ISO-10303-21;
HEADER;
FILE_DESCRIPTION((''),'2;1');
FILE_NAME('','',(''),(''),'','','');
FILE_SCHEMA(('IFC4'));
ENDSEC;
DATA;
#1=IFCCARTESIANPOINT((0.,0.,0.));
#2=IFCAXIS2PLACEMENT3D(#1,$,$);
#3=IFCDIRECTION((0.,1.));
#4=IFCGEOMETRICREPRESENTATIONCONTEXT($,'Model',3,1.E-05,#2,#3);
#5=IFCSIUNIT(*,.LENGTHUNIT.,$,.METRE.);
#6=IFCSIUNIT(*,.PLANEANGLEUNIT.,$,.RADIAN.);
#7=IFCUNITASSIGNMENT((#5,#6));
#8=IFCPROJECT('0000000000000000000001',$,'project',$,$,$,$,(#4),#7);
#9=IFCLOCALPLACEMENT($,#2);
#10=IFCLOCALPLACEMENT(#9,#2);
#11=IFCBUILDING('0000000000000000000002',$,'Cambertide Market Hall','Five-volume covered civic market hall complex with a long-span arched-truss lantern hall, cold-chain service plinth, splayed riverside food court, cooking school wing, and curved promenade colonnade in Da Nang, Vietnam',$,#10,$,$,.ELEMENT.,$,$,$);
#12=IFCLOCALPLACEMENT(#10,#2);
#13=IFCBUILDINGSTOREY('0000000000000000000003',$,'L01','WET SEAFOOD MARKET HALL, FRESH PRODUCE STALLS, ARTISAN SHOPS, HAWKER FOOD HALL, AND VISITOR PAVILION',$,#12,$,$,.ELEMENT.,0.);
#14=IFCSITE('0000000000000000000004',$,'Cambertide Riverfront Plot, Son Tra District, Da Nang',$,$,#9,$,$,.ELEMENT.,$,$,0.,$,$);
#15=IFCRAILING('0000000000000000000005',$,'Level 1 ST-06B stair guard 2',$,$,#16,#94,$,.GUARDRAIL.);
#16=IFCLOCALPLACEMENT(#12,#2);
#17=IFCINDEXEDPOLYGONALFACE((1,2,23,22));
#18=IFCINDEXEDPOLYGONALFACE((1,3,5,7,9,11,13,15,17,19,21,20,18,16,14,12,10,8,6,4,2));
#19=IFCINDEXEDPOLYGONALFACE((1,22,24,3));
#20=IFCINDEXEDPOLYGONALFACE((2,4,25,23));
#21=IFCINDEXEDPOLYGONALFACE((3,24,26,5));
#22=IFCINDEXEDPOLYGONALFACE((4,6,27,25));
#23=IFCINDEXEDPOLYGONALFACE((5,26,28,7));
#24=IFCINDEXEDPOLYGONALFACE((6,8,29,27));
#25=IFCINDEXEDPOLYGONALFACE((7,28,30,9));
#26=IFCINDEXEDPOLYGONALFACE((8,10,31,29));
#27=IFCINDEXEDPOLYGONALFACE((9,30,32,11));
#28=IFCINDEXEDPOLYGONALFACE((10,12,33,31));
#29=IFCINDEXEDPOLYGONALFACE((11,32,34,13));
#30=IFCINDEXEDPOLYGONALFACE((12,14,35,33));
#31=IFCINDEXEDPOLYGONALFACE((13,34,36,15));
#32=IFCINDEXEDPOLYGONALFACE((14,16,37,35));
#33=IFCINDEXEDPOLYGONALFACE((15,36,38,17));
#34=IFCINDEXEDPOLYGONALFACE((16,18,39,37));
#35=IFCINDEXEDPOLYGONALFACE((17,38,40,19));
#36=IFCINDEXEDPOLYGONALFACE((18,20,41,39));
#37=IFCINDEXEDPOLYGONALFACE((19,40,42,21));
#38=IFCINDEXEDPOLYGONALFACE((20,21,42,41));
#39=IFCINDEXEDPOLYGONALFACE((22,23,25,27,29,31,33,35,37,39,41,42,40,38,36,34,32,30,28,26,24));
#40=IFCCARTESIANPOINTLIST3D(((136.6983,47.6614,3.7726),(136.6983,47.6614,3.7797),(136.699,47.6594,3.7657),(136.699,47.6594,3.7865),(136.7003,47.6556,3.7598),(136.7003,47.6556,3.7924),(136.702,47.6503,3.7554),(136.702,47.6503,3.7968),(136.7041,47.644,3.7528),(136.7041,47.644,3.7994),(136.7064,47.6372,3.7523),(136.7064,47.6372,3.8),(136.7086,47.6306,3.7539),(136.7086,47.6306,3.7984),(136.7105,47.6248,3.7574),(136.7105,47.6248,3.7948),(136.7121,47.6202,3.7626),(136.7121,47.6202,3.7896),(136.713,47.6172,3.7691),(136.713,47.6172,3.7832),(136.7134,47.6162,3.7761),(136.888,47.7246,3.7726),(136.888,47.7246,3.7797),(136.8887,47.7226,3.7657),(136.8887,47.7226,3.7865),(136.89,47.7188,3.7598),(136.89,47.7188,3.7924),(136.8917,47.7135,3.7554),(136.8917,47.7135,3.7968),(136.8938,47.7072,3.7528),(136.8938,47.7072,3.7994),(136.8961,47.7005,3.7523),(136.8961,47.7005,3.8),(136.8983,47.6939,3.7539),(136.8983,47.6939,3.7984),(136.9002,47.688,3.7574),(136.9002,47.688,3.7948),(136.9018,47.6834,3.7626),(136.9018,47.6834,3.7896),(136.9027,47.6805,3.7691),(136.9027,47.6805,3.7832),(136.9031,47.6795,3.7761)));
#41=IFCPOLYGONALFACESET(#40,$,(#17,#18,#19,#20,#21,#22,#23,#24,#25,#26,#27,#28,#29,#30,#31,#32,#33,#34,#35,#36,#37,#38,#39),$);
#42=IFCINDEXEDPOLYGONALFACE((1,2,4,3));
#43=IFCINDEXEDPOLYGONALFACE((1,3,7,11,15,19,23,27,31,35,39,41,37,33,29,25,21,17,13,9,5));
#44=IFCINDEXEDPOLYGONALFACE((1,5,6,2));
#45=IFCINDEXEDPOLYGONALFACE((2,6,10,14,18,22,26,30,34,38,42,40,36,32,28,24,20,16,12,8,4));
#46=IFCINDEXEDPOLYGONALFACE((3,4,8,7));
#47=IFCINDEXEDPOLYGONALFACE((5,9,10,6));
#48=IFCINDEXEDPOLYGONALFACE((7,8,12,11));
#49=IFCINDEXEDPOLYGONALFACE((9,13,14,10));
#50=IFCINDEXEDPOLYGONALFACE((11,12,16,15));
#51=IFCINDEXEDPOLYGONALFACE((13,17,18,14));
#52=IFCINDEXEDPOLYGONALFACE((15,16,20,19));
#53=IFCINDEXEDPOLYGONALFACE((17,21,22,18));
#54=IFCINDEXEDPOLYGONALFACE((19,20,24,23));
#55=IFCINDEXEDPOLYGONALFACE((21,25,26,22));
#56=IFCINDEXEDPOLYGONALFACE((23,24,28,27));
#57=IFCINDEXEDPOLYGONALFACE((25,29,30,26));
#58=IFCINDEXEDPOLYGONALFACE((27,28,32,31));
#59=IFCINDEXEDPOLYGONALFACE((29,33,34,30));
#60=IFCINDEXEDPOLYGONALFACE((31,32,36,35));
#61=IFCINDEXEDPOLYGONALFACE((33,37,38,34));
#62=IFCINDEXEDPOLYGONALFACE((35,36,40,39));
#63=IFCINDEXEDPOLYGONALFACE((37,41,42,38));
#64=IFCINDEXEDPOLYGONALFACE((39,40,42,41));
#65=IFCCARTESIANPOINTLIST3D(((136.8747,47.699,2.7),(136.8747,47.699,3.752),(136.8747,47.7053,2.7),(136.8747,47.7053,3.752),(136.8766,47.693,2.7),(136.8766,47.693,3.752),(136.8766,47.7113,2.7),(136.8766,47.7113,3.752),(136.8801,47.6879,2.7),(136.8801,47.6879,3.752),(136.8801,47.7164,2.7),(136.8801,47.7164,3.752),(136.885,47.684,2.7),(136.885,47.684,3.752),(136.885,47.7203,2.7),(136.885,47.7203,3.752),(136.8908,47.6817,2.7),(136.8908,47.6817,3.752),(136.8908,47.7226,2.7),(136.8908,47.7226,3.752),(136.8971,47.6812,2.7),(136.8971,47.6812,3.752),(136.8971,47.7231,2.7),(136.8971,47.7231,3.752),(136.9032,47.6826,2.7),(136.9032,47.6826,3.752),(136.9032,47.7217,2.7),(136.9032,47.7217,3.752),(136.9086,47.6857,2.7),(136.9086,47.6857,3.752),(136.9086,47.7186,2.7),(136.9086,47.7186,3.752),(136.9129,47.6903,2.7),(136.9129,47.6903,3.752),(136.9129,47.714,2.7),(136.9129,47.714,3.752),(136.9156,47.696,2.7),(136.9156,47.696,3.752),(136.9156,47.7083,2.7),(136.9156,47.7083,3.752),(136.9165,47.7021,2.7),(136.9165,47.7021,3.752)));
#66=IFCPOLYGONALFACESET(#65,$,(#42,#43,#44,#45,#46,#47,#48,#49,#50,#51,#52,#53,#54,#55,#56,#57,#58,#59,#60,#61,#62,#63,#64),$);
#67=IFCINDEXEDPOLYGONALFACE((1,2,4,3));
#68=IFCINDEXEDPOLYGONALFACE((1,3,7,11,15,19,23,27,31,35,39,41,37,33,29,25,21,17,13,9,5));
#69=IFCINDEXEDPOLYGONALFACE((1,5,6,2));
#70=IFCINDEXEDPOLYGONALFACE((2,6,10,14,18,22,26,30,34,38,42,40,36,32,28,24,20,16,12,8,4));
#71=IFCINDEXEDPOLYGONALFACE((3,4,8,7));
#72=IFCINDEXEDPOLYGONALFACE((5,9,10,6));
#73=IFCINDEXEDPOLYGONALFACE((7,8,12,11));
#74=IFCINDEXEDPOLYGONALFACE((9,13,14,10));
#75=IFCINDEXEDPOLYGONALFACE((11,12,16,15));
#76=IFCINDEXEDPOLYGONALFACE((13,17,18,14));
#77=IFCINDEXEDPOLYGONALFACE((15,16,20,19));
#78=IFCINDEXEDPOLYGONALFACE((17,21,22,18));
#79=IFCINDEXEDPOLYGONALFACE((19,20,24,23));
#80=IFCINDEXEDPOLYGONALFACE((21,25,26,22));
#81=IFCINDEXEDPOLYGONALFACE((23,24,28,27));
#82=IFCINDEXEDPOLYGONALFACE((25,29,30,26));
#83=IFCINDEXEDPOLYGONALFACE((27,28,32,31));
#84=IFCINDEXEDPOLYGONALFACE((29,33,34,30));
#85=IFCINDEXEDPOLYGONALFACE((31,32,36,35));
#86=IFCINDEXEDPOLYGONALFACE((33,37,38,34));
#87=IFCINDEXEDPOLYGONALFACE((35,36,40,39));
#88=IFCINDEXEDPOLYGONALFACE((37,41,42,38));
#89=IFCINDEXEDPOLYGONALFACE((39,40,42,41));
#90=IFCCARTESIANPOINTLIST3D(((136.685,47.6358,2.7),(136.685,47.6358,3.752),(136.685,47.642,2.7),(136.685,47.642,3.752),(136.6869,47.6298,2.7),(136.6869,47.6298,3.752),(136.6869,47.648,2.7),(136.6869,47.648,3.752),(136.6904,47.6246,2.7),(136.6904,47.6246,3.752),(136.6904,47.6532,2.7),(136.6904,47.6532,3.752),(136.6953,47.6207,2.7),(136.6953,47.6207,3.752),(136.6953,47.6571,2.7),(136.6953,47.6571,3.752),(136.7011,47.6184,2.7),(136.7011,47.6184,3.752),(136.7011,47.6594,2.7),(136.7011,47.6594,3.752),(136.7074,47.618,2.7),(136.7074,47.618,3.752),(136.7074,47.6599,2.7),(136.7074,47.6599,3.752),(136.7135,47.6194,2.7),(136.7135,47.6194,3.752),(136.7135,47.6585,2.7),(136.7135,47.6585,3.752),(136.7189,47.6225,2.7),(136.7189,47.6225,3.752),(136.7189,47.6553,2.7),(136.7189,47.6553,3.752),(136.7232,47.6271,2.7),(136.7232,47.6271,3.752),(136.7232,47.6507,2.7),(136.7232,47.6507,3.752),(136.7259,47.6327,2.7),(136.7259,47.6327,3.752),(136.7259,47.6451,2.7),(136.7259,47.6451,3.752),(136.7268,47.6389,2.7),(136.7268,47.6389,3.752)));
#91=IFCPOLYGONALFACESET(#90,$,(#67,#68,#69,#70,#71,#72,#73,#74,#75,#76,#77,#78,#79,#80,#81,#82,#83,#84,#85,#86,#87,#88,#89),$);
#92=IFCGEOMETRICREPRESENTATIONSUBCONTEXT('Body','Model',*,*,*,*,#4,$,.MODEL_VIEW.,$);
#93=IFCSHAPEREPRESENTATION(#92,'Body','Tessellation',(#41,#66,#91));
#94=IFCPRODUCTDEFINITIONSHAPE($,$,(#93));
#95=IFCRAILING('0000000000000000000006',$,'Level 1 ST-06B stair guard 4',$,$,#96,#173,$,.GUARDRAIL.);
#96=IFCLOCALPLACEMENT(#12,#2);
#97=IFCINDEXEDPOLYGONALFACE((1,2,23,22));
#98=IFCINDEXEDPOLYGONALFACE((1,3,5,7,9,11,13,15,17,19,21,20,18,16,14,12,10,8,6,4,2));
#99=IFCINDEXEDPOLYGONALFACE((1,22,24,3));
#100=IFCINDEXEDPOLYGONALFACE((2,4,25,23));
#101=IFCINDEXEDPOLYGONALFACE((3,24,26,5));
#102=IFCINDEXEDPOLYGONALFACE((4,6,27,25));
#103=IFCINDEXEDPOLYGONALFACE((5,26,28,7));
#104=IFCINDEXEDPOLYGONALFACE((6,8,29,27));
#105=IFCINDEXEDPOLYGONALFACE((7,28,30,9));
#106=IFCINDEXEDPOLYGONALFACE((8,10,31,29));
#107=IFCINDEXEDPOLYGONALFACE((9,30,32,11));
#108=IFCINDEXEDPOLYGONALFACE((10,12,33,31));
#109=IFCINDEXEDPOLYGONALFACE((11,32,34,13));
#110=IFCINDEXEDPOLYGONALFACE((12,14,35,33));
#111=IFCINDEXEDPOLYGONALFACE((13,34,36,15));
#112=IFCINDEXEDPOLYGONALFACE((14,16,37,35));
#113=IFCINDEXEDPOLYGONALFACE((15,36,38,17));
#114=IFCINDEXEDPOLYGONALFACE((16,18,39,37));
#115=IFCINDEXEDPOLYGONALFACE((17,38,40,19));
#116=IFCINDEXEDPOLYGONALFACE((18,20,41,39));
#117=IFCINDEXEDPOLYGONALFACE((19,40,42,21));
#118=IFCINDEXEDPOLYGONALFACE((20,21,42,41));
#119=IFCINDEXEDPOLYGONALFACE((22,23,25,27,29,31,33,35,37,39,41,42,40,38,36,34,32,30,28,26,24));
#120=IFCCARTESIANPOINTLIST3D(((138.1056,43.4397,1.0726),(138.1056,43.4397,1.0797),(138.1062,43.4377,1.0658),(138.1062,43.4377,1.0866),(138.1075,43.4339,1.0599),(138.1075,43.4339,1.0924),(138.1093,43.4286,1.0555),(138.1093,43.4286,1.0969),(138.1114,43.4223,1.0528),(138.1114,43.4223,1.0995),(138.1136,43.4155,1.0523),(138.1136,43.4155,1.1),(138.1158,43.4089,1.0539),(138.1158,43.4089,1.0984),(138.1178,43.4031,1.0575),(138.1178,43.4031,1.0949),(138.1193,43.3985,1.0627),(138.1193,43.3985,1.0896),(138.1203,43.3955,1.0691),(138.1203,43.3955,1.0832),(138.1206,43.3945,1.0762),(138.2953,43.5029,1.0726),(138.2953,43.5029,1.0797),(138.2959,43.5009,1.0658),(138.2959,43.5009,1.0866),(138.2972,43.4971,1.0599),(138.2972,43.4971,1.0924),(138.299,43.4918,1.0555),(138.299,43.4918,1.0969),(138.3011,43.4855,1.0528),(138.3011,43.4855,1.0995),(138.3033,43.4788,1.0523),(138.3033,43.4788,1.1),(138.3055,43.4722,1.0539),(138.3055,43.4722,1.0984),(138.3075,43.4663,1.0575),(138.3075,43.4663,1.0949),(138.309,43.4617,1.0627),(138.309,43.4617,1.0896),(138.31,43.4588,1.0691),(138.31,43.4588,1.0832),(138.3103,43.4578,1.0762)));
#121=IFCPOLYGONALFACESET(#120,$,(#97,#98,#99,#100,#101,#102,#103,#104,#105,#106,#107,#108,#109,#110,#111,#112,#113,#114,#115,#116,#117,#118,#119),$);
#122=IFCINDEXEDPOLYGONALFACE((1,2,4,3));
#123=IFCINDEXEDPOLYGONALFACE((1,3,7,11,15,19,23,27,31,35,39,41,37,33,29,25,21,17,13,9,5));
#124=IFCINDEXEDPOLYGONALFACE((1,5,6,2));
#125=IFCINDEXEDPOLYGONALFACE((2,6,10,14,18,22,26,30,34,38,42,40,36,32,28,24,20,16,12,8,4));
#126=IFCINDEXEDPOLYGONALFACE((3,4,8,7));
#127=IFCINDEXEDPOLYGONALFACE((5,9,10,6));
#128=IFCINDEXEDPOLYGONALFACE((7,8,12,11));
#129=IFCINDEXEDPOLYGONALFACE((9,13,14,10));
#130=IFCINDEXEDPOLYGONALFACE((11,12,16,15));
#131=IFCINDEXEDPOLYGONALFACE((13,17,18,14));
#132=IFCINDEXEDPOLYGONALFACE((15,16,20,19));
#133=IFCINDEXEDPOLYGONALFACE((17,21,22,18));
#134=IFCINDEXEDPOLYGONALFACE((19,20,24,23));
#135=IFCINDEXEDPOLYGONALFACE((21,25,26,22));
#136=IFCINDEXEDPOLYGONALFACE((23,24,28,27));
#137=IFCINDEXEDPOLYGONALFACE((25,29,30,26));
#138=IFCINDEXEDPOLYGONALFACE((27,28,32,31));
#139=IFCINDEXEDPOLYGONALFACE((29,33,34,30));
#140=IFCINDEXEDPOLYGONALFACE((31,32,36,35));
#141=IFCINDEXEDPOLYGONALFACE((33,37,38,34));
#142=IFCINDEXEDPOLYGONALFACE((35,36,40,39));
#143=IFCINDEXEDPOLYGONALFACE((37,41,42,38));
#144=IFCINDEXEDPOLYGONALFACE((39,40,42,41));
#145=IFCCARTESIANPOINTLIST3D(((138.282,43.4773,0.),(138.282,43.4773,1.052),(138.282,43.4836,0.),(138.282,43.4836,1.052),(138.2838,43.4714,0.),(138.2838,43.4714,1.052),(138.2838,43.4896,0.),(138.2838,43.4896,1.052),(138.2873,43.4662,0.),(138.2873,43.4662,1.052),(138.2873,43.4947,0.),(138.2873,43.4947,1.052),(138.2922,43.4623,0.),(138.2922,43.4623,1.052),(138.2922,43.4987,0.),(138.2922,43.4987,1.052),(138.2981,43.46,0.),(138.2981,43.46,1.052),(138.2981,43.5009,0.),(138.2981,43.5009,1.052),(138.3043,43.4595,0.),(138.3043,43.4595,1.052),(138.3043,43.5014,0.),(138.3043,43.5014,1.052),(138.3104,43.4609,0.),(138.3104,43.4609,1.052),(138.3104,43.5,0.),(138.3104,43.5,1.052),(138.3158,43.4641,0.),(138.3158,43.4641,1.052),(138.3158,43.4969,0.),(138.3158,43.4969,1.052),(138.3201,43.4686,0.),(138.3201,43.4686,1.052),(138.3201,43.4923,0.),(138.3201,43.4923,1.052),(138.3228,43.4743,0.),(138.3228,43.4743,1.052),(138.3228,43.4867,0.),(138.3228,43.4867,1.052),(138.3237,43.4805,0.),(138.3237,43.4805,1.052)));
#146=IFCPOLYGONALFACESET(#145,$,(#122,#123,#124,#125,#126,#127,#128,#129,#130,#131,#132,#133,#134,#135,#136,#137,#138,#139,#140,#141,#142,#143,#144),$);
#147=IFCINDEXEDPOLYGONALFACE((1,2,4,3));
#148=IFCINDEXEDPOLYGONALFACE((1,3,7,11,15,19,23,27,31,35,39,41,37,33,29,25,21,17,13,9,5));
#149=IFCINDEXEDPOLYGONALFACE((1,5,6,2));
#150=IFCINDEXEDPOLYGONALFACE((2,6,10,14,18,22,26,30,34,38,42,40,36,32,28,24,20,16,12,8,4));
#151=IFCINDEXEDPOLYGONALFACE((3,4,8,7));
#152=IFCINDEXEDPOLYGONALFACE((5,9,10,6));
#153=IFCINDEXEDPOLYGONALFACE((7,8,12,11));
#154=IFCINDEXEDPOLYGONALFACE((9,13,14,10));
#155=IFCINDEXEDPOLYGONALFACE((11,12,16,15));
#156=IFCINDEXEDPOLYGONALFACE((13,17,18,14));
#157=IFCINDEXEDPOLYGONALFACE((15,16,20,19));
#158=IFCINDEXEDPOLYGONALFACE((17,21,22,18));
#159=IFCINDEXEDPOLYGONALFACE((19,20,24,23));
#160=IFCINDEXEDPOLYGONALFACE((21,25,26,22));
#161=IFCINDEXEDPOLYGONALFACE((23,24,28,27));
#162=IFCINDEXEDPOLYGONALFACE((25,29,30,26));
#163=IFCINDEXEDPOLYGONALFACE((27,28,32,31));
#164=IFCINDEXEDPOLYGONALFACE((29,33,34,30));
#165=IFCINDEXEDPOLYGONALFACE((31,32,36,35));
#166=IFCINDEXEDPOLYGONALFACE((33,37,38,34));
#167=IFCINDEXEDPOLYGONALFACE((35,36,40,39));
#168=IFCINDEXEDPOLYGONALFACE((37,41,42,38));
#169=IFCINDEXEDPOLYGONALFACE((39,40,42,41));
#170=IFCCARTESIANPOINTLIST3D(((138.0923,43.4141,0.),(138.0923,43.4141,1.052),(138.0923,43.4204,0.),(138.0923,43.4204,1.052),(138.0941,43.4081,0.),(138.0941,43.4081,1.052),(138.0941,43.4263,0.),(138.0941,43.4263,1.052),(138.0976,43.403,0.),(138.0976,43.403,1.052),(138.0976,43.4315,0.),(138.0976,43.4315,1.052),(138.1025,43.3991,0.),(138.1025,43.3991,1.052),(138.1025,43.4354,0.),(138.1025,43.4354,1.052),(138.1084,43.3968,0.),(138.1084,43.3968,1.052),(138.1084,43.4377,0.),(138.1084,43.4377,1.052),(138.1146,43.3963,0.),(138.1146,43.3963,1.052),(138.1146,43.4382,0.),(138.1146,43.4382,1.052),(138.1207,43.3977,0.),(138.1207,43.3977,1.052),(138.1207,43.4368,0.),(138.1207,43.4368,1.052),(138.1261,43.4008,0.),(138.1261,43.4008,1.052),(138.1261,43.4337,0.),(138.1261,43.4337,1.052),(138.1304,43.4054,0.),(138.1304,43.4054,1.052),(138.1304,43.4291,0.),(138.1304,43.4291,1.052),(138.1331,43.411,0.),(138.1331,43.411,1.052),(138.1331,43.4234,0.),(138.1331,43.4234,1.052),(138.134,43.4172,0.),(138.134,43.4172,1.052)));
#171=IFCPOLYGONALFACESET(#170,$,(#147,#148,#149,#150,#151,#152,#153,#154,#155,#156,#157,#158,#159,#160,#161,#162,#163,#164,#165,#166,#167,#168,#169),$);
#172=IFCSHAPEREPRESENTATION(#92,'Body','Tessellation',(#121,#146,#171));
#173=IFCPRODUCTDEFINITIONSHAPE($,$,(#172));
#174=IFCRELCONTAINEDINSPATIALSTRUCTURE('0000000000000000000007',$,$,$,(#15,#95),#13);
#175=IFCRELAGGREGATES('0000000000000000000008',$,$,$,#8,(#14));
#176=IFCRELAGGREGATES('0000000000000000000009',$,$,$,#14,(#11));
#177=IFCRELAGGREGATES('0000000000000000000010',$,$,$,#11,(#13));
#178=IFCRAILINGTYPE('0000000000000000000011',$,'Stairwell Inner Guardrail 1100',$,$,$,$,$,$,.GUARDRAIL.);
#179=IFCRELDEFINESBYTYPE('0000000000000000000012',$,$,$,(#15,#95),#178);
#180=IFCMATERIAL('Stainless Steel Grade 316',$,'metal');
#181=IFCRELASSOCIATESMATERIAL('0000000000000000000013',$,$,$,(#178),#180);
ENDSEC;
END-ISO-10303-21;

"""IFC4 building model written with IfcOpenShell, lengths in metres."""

from ifc_helpers import new_model, si_unit, direction, frame, origin, origin_2d, place, context, subcontext, project, spatial, circle, extrude, material, type_object, element, save


model = new_model("IFC4")

# Units and contexts
model_context = context("Model", 3, precision=1e-05, world=origin(), true_north=direction((0.0, 1.0)))
body_context = subcontext(model_context, "Body", "Model", "MODEL_VIEW")
ifc_project = project(units=[si_unit("LENGTHUNIT", "METRE"), si_unit("PLANEANGLEUNIT", "RADIAN")], contexts=[model_context])

# Site, building, storey
site_placement = place(None, origin())
site = spatial("IfcSite", under=ifc_project, at=site_placement, Name="Cambertide Riverfront Plot, Son Tra District, Da Nang", CompositionType="ELEMENT", RefElevation=0.0)
building_placement = place(site_placement, origin())
building = spatial("IfcBuilding", under=site, at=building_placement, Name="Cambertide Market Hall", Description="Five-volume covered civic market hall complex with a long-span arched-truss lantern hall, cold-chain service plinth, splayed riverside food court, cooking school wing, and curved promenade colonnade in Da Nang, Vietnam", CompositionType="ELEMENT")
storey_placement = place(building_placement, origin())
storey = spatial("IfcBuildingStorey", under=building, at=storey_placement, Name="L01", Description="WET SEAFOOD MARKET HALL, FRESH PRODUCE STALLS, ARTISAN SHOPS, HAWKER FOOD HALL, AND VISITOR PAVILION", CompositionType="ELEMENT", Elevation=0.0)

# Railings
ifc_material_1 = material(Name="Stainless Steel Grade 316", Category="metal")
railing_type_1 = type_object("IfcRailingType", Name="Stairwell Inner Guardrail 1100", PredefinedType="GUARDRAIL", material=ifc_material_1)
railing_1_placement = place(storey_placement, frame((136.8955, 47.7021, 2.7)))
element("IfcRailing", 1, at=railing_1_placement, inside=storey, type_object=railing_type_1, Name="Level 1 ST-06B stair guard 2", PredefinedType="GUARDRAIL", context=body_context, shape_type="SweptSolid", body=[
    extrude(circle(Radius=0.0239, at=origin_2d()), frame((0.0, 0.0, 1.0762), z_axis=(-0.948683, -0.316228, 0.0), x_axis=(0.316228, -0.948683, 0.0)), (0.0, 0.0, 1.0), 0.2),
    extrude(circle(Radius=0.021, at=origin_2d()), origin(), (0.0, 0.0, 1.0), 1.052),
    extrude(circle(Radius=0.021, at=origin_2d()), frame((-0.1897, -0.0632, 0.0)), (0.0, 0.0, 1.0), 1.052),
])
railing_2_placement = place(storey_placement, frame((138.3027, 43.4805, 0.0)))
element("IfcRailing", 2, at=railing_2_placement, inside=storey, type_object=railing_type_1, Name="Level 1 ST-06B stair guard 4", PredefinedType="GUARDRAIL", context=body_context, shape_type="SweptSolid", body=[
    extrude(circle(Radius=0.0239, at=origin_2d()), frame((0.0, 0.0, 1.0762), z_axis=(-0.948683, -0.316228, 0.0), x_axis=(0.316228, -0.948683, 0.0)), (0.0, 0.0, 1.0), 0.2),
    extrude(circle(Radius=0.021, at=origin_2d()), origin(), (0.0, 0.0, 1.0), 1.052),
    extrude(circle(Radius=0.021, at=origin_2d()), frame((-0.1897, -0.0632, 0.0)), (0.0, 0.0, 1.0), 1.052),
])

save(model, "model.ifc")
